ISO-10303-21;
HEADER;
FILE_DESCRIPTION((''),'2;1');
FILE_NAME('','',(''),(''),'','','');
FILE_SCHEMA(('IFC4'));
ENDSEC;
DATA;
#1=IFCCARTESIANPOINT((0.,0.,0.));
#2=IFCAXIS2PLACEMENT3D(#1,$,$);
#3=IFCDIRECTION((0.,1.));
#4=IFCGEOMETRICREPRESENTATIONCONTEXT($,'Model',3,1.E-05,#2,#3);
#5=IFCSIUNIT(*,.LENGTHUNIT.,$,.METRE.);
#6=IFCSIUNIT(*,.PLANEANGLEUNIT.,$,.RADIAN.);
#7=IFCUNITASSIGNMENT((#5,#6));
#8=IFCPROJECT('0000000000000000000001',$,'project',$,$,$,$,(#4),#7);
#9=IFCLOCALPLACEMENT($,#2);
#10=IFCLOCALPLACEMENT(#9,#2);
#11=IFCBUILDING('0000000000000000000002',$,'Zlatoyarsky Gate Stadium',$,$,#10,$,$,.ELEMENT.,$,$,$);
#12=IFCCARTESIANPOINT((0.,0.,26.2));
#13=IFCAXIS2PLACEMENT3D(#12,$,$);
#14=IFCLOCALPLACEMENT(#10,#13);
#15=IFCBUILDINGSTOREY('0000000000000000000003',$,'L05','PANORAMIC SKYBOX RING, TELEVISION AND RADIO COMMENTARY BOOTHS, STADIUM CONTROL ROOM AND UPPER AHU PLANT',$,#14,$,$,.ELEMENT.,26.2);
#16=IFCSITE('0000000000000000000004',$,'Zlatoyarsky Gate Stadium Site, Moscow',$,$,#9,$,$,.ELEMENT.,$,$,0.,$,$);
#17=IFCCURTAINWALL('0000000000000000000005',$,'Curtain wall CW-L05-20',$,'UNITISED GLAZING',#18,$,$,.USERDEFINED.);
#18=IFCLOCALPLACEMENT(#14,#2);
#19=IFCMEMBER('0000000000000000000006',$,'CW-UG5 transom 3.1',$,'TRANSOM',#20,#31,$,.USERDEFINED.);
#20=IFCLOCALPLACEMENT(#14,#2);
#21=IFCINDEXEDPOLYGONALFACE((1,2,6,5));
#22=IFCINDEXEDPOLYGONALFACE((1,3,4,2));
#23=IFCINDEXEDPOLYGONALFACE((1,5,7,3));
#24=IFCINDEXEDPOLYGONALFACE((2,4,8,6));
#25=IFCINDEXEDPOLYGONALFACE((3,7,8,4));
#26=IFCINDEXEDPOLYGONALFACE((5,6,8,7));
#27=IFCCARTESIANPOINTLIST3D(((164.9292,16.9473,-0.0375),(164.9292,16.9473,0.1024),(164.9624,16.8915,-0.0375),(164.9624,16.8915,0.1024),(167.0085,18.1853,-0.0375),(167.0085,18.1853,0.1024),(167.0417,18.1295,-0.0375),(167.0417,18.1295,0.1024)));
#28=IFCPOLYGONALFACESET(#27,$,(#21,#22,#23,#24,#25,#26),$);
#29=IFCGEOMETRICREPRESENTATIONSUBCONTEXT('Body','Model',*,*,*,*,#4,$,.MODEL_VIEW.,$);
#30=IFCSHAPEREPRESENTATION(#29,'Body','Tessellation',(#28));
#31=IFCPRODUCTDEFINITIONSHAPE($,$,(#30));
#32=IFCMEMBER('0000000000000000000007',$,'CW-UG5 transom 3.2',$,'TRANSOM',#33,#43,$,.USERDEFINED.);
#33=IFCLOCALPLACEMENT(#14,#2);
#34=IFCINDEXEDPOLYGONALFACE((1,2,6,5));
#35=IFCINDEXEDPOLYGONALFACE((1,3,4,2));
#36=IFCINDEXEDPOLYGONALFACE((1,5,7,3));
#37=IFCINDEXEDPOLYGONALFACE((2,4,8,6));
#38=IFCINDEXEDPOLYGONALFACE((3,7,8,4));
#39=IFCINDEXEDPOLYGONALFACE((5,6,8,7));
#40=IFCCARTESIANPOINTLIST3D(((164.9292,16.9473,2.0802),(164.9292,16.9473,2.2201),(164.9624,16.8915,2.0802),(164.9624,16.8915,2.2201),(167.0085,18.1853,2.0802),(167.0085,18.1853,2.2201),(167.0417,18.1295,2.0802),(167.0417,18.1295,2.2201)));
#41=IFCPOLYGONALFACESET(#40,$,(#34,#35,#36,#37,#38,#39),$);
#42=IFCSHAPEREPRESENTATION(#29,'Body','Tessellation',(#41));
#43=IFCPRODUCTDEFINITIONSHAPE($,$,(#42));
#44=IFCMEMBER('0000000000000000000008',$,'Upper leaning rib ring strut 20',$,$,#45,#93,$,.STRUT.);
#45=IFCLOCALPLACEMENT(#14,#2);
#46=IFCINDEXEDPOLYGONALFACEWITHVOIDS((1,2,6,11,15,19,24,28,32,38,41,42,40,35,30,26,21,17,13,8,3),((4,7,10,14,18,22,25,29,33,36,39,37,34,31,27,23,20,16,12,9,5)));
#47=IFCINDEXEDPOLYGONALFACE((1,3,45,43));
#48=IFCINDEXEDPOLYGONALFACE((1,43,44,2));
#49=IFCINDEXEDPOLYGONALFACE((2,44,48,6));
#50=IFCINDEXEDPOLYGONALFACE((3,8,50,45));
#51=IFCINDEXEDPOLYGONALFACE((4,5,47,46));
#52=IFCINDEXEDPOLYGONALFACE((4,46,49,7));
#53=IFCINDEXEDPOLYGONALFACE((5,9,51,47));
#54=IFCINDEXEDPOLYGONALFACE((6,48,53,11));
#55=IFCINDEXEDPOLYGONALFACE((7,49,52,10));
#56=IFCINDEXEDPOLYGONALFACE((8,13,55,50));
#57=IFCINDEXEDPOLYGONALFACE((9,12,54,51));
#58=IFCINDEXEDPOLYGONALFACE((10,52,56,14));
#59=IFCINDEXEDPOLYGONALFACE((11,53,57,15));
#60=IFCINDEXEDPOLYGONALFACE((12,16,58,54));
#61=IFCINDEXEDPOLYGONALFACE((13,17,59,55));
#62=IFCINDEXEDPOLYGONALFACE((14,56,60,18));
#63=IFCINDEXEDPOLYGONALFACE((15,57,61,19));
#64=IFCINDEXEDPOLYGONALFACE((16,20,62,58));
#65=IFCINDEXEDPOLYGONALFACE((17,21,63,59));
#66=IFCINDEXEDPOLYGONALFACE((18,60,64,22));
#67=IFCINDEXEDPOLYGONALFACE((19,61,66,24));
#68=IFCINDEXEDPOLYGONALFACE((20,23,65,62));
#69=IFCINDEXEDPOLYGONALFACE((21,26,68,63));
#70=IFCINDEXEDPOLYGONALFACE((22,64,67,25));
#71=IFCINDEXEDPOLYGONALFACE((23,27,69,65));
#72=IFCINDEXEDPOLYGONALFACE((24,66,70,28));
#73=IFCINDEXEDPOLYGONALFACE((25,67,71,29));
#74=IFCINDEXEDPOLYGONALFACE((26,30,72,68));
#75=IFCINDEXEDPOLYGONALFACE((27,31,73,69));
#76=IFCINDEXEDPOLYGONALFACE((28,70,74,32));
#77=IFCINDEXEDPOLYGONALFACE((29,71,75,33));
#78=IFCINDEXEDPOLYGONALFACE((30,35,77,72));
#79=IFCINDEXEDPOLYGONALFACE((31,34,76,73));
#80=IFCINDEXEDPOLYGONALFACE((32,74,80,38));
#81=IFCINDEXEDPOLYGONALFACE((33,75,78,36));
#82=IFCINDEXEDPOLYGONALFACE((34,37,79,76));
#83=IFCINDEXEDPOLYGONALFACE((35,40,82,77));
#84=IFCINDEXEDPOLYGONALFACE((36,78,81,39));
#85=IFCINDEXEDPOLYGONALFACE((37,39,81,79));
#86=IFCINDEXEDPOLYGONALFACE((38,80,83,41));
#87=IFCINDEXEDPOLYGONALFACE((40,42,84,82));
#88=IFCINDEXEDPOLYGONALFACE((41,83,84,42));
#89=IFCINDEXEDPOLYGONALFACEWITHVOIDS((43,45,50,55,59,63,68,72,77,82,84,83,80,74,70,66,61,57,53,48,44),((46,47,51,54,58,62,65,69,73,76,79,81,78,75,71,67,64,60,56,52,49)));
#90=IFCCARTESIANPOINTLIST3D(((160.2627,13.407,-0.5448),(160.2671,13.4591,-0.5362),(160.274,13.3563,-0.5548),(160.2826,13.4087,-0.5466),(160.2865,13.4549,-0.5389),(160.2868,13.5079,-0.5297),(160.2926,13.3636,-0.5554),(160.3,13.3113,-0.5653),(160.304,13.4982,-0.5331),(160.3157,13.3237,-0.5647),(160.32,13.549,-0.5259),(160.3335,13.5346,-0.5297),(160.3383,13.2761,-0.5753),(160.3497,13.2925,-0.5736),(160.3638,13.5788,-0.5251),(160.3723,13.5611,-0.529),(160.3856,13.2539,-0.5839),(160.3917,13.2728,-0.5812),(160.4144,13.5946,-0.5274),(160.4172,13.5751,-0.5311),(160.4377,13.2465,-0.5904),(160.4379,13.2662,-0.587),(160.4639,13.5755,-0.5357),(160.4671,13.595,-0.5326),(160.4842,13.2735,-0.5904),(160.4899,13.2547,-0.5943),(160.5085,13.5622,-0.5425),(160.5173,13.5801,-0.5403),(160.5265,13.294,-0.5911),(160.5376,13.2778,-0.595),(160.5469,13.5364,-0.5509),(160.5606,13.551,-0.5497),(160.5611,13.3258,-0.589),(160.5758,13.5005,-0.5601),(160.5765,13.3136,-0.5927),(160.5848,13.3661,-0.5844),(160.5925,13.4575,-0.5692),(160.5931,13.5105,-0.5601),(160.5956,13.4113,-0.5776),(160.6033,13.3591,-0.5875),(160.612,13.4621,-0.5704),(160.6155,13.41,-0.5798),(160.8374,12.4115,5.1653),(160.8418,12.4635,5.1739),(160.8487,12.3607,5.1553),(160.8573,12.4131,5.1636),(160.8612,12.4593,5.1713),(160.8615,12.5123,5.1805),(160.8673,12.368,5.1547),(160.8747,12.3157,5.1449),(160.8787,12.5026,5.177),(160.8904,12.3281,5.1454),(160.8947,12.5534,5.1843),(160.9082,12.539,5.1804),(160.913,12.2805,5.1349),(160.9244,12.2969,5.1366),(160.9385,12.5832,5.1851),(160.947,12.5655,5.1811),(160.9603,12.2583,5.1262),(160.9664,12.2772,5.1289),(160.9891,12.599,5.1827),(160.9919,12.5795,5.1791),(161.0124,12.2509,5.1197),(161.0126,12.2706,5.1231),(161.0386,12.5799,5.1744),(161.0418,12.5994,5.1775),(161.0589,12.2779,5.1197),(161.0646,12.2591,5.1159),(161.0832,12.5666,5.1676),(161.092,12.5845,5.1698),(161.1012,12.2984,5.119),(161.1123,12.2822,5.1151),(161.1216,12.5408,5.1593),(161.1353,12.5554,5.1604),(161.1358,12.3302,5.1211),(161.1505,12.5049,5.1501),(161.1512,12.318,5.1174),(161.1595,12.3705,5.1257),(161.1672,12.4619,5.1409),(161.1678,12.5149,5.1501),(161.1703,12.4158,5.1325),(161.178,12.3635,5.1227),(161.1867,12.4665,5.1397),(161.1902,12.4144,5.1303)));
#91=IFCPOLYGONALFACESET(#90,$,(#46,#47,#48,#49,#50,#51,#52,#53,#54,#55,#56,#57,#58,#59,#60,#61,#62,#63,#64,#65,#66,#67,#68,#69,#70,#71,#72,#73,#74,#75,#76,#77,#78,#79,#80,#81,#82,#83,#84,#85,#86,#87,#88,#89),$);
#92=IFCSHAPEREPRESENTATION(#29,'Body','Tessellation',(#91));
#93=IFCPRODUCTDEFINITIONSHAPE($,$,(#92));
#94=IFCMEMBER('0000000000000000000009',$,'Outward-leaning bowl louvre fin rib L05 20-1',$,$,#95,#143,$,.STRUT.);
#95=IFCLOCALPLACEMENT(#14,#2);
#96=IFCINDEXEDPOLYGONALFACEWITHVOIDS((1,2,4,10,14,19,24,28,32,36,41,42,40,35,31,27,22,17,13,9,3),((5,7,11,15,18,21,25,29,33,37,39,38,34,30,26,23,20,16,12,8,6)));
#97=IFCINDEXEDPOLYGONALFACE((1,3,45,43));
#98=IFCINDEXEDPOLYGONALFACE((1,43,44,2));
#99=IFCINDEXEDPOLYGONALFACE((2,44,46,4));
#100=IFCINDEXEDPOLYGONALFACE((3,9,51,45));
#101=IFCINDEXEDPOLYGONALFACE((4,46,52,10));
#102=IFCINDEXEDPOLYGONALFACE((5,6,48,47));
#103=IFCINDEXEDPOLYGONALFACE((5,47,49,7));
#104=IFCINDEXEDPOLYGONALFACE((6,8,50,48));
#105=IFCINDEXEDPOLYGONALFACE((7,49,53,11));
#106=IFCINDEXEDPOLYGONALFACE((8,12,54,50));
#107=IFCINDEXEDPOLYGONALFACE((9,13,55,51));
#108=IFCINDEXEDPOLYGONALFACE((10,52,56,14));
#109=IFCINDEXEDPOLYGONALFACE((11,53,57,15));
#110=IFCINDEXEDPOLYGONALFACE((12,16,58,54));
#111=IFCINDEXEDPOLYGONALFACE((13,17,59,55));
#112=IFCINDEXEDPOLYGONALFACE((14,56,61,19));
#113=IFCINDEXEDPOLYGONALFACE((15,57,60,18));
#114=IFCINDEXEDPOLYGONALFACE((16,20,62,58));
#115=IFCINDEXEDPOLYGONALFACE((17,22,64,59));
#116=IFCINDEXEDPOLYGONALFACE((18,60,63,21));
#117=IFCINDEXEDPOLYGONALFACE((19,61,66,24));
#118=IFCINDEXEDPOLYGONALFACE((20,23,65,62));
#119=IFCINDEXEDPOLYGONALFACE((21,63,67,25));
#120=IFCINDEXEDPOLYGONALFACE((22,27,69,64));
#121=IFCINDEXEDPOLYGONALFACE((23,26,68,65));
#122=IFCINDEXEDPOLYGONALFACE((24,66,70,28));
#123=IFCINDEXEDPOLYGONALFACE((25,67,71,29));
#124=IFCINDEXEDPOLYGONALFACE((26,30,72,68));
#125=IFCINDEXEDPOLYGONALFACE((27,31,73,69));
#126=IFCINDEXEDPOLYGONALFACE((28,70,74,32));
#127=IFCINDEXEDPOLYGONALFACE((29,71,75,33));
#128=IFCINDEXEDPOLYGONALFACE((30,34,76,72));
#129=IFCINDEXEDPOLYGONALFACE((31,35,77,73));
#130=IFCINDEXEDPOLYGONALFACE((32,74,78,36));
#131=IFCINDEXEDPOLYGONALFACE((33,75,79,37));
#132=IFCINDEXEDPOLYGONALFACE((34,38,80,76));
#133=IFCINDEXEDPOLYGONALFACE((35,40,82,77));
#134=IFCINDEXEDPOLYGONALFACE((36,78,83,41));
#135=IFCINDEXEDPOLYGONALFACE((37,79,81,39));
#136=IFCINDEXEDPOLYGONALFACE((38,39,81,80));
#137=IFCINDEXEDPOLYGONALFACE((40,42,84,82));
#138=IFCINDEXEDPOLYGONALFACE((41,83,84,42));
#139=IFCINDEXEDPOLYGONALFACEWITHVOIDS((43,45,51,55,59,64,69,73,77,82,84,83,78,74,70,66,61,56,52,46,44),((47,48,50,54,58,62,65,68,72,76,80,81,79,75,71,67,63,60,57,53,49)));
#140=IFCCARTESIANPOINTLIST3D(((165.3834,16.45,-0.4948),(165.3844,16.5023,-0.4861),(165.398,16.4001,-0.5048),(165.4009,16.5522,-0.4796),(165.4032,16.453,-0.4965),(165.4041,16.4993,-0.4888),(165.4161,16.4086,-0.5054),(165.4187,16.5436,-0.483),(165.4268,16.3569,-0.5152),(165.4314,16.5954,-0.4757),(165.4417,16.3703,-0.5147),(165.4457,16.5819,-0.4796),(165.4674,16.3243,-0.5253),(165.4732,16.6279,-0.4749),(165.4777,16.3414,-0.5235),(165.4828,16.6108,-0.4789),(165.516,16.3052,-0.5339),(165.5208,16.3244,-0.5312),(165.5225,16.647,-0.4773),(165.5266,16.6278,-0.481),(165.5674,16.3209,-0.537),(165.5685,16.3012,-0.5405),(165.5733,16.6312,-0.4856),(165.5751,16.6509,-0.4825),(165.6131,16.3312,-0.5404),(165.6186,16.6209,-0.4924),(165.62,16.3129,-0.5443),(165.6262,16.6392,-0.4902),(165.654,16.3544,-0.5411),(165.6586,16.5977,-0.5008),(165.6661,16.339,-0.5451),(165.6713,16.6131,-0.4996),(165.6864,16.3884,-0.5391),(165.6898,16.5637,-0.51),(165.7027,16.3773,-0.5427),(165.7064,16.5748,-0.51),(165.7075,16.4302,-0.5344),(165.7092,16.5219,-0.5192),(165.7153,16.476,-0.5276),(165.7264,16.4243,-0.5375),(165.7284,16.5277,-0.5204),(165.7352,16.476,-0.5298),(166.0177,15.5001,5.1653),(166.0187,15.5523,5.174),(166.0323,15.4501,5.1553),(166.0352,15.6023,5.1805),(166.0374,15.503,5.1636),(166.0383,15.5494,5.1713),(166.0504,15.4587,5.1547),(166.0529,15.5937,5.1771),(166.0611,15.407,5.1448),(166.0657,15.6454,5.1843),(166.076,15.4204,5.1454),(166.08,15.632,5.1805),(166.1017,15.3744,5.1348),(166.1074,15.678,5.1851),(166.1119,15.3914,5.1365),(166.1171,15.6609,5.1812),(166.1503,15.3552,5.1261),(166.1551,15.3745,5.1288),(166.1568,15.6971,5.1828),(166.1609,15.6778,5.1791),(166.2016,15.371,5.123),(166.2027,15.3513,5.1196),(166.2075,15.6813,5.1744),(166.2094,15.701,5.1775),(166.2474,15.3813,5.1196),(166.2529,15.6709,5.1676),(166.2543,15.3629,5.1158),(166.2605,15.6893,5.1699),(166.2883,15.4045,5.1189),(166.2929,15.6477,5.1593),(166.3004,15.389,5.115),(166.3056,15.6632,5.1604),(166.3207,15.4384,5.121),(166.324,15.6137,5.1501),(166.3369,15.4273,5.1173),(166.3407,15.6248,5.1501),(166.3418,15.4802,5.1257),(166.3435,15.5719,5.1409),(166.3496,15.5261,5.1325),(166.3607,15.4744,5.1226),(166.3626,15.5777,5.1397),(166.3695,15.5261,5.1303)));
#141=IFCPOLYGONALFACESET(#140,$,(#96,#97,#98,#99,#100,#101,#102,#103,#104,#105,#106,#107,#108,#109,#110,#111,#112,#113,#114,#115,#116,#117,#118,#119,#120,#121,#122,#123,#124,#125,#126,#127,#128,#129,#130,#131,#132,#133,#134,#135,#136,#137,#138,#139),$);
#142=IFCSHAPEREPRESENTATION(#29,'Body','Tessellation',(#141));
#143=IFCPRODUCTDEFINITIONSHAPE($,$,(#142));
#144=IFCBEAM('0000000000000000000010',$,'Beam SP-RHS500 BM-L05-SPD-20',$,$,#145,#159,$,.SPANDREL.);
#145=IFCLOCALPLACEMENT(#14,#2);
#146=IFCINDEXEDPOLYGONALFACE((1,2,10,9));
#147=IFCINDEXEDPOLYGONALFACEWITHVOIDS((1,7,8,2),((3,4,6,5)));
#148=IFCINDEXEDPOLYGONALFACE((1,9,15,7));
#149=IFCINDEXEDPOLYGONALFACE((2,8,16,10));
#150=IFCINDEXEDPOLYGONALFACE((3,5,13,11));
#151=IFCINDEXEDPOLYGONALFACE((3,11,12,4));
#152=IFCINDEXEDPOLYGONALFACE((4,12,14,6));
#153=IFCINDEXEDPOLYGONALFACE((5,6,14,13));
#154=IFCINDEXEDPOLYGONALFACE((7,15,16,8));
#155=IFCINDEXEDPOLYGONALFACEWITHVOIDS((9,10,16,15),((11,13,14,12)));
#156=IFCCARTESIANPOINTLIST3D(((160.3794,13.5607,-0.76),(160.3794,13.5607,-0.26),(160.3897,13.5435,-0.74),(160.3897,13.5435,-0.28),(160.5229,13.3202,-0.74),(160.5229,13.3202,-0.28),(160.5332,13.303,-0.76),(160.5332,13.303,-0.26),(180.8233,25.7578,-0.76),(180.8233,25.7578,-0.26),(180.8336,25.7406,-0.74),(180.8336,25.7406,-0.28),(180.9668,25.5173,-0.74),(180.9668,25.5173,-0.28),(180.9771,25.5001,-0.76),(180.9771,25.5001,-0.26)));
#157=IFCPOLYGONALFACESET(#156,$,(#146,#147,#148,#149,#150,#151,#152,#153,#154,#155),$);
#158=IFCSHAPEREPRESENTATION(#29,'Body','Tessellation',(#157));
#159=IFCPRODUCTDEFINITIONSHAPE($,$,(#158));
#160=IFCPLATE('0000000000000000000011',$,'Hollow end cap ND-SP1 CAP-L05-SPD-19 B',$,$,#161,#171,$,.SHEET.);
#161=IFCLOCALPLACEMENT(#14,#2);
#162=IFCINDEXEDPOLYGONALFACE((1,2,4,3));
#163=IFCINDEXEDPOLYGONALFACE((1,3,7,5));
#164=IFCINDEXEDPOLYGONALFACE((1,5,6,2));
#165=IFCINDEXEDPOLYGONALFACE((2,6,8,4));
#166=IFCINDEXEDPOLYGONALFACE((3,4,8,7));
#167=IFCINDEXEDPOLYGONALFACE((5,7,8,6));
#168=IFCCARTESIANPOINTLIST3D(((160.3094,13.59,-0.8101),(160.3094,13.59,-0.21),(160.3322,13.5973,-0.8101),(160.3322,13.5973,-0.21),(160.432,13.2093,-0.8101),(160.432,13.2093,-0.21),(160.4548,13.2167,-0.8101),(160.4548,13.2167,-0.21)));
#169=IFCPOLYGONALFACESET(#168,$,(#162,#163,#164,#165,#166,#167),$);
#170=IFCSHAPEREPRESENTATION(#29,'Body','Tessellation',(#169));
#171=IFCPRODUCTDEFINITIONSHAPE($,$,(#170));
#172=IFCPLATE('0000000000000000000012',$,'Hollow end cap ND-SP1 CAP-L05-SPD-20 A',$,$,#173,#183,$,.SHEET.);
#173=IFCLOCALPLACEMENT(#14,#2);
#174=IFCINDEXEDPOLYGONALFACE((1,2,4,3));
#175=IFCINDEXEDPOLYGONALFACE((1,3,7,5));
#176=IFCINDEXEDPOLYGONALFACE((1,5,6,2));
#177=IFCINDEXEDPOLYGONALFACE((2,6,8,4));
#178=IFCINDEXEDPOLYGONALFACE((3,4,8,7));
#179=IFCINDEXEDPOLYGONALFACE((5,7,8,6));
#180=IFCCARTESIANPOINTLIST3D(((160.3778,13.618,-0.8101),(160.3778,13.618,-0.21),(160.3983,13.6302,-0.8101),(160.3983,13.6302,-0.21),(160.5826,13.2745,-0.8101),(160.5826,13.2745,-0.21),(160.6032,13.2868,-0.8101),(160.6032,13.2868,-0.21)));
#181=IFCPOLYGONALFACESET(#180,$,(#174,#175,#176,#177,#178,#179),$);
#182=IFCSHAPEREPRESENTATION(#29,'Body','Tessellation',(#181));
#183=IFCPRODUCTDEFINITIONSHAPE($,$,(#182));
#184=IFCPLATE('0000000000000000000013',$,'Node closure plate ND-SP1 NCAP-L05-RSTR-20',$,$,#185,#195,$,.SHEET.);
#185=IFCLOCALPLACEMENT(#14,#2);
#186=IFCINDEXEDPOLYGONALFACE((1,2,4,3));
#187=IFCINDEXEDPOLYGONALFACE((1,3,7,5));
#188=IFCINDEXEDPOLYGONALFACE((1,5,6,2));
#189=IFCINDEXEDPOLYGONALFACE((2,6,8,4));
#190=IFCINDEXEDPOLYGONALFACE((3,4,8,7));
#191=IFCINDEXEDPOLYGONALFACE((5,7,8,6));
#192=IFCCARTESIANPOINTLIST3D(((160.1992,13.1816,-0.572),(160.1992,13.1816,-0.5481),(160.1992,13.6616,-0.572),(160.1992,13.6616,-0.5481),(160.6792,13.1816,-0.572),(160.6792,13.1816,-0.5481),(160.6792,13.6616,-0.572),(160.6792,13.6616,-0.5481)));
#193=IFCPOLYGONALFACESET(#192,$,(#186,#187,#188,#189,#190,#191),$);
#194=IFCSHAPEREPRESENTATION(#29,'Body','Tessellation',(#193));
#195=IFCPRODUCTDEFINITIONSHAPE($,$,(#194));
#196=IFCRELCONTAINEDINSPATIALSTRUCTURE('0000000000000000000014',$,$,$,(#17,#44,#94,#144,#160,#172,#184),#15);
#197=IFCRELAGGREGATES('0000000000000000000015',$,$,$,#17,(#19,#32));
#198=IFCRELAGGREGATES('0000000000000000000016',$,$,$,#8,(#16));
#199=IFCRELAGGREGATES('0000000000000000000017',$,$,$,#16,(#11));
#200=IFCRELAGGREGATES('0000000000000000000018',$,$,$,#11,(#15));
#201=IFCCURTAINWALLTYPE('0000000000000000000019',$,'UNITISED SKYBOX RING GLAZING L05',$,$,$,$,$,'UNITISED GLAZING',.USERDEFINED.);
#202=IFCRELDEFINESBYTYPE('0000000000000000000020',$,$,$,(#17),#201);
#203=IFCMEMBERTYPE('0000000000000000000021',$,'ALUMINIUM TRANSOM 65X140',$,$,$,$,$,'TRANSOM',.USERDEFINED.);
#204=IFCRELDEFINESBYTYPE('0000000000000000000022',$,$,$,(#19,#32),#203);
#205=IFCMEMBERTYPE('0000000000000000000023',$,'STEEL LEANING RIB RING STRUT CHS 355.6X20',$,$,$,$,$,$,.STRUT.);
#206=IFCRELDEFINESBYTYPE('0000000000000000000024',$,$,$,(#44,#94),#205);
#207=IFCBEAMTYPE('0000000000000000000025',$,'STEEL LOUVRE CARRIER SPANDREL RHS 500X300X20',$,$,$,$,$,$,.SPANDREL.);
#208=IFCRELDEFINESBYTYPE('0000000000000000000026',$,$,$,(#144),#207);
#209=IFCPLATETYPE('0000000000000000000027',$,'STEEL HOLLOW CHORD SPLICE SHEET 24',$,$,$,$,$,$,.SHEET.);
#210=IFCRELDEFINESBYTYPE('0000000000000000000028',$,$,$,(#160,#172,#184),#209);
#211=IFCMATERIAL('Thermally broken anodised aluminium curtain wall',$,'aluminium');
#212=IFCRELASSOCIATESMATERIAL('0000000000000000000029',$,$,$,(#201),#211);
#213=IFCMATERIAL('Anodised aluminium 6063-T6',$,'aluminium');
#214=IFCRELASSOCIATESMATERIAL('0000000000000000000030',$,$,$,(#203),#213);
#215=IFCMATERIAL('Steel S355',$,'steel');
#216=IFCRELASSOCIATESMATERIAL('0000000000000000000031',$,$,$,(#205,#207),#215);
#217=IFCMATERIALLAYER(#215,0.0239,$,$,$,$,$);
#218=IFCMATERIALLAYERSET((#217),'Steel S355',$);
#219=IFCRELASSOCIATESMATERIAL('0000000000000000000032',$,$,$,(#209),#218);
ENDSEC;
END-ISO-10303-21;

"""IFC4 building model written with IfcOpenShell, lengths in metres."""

from ifc_helpers import new_model, si_unit, direction, frame, origin, origin_2d, place, context, subcontext, project, spatial, rectangle, hollow_rectangle, hollow_circle, extrude, material, layer, layer_set, material_profile, profile_set, type_object, element, aggregate, save


model = new_model("IFC4")

# Units and contexts
model_context = context("Model", 3, precision=1e-05, world=origin(), true_north=direction((0.0, 1.0)))
body_context = subcontext(model_context, "Body", "Model", "MODEL_VIEW")
ifc_project = project(units=[si_unit("LENGTHUNIT", "METRE"), si_unit("PLANEANGLEUNIT", "RADIAN")], contexts=[model_context])

# Site, building, storey
site_placement = place(None, origin())
site = spatial("IfcSite", under=ifc_project, at=site_placement, Name="Zlatoyarsky Gate Stadium Site, Moscow", CompositionType="ELEMENT", RefElevation=0.0)
building_placement = place(site_placement, origin())
building = spatial("IfcBuilding", under=site, at=building_placement, Name="Zlatoyarsky Gate Stadium", CompositionType="ELEMENT")
storey_placement = place(building_placement, frame((0.0, 0.0, 26.2)))
storey = spatial("IfcBuildingStorey", under=building, at=storey_placement, Name="L05", Description="PANORAMIC SKYBOX RING, TELEVISION AND RADIO COMMENTARY BOOTHS, STADIUM CONTROL ROOM AND UPPER AHU PLANT", CompositionType="ELEMENT", Elevation=26.2)

# Curtain wall
ifc_material_1 = material(Name="Thermally broken anodised aluminium curtain wall", Category="aluminium")
curtain_wall_type = type_object("IfcCurtainWallType", Name="UNITISED SKYBOX RING GLAZING L05", ElementType="UNITISED GLAZING", PredefinedType="USERDEFINED", material=ifc_material_1)
ifc_material_2 = material(Name="Anodised aluminium 6063-T6", Category="aluminium")
curtain_wall_1_placement = place(storey_placement, origin())
curtain_wall_1 = element("IfcCurtainWall", 1, at=curtain_wall_1_placement, inside=storey, type_object=curtain_wall_type, Name="Curtain wall CW-L05-20", ObjectType="UNITISED GLAZING", PredefinedType="USERDEFINED")

# Members
ifc_material_profile_1 = material_profile(ifc_material_2, rectangle(XDim=0.0649, YDim=0.1399, at=origin_2d()), Name="ALU 65X140")
ifc_profile_set_1 = profile_set([ifc_material_profile_1], Name="Anodised aluminium 6063-T6")
member_type_1 = type_object("IfcMemberType", Name="ALUMINIUM TRANSOM 65X140", ElementType="TRANSOM", PredefinedType="USERDEFINED", material=ifc_profile_set_1)
member_1_placement = place(storey_placement, frame((164.9458, 16.9194, 0.0325), z_axis=(0.859233, 0.511585, 0.0), x_axis=(-0.511585, 0.859233, 0.0)))
member_1 = element("IfcMember", 2, at=member_1_placement, type_object=member_type_1, Name="CW-UG5 transom 3.1", ObjectType="TRANSOM", PredefinedType="USERDEFINED", context=body_context, shape_type="SweptSolid", body=[
    extrude(rectangle(XDim=0.0649, YDim=0.1399, at=origin_2d()), origin(), (0.0, 0.0, 1.0), 2.4199),
])
member_2_placement = place(storey_placement, frame((164.9458, 16.9194, 2.1501), z_axis=(0.859233, 0.511585, 0.0), x_axis=(-0.511585, 0.859233, 0.0)))
member_2 = element("IfcMember", 3, at=member_2_placement, type_object=member_type_1, Name="CW-UG5 transom 3.2", ObjectType="TRANSOM", PredefinedType="USERDEFINED", context=body_context, shape_type="SweptSolid", body=[
    extrude(rectangle(XDim=0.0649, YDim=0.1399, at=origin_2d()), origin(), (0.0, 0.0, 1.0), 2.4199),
])

# Members
ifc_material_3 = material(Name="Steel S355", Category="steel")
ifc_material_profile_2 = material_profile(ifc_material_3, hollow_circle(Radius=0.1777, WallThickness=0.02, at=origin_2d()), Name="CHS 355.6X20")
ifc_profile_set_2 = profile_set([ifc_material_profile_2], Name="Steel S355")
member_type_2 = type_object("IfcMemberType", Name="STEEL LEANING RIB RING STRUT CHS 355.6X20", PredefinedType="STRUT", material=ifc_profile_set_2)
member_3_placement = place(storey_placement, frame((160.4392, 13.4216, -0.5601), z_axis=(0.098666, -0.170926, 0.980331), x_axis=(0.866065, 0.499931, 0.0)))
element("IfcMember", 4, at=member_3_placement, inside=storey, type_object=member_type_2, Name="Upper leaning rib ring strut 20", PredefinedType="STRUT", context=body_context, shape_type="SweptSolid", body=[
    extrude(hollow_circle(Radius=0.1777, WallThickness=0.02, at=origin_2d()), origin(), (0.0, 0.0, 1.0), 5.8247),
])
member_4_placement = place(storey_placement, frame((165.5586, 16.4761, -0.51), z_axis=(0.109846, -0.164515, 0.980239), x_axis=(0.831655, 0.555292, 0.0)))
element("IfcMember", 5, at=member_4_placement, inside=storey, type_object=member_type_2, Name="Outward-leaning bowl louvre fin rib L05 20-1", PredefinedType="STRUT", context=body_context, shape_type="SweptSolid", body=[
    extrude(hollow_circle(Radius=0.1777, WallThickness=0.02, at=origin_2d()), origin(), (0.0, 0.0, 1.0), 5.7742),
])

# Beam
ifc_material_profile_3 = material_profile(ifc_material_3, hollow_rectangle(XDim=0.3, YDim=0.5, WallThickness=0.02, at=origin_2d()), Name="RHS 500X300X20")
ifc_profile_set_3 = profile_set([ifc_material_profile_3], Name="Steel S355")
beam_type = type_object("IfcBeamType", Name="STEEL LOUVRE CARRIER SPANDREL RHS 500X300X20", PredefinedType="SPANDREL", material=ifc_profile_set_3)
beam_placement = place(storey_placement, frame((160.4563, 13.4319, -0.51), z_axis=(0.858774, 0.512354, 0.0), x_axis=(-0.512354, 0.858774, 0.0)))
element("IfcBeam", 6, at=beam_placement, inside=storey, type_object=beam_type, Name="Beam SP-RHS500 BM-L05-SPD-20", PredefinedType="SPANDREL", context=body_context, shape_type="SweptSolid", body=[
    extrude(hollow_rectangle(XDim=0.3, YDim=0.5, WallThickness=0.02, at=origin_2d()), origin(), (0.0, 0.0, 1.0), 23.8059),
])

# Plates
ifc_layer_1 = layer(ifc_material_3, 0.0239)
ifc_layer_set_1 = layer_set([ifc_layer_1], Name="Steel S355")
plate_type_1 = type_object("IfcPlateType", Name="STEEL HOLLOW CHORD SPLICE SHEET 24", PredefinedType="SHEET", material=ifc_layer_set_1)
for number, where, z_axis, x_axis, name in (
    (7, (160.3821, 13.4033, -0.8101), (0.0, 0.0, 1.0), (0.951856, 0.306545, 0.0), "Hollow end cap ND-SP1 CAP-L05-SPD-19 B"),
    (8, (160.4905, 13.4524, -0.8101), (0.0, 0.0, 1.0), (0.858778, 0.512349, 0.0), "Hollow end cap ND-SP1 CAP-L05-SPD-20 A"),
):
    element("IfcPlate", number, at=place(storey_placement, frame(where, z_axis=z_axis, x_axis=x_axis)), inside=storey, type_object=plate_type_1, Name=name, PredefinedType="SHEET", context=body_context, shape_type="SweptSolid", body=[
        extrude(rectangle(XDim=0.0239, YDim=0.3999, at=origin_2d()), origin(), (0.0, 0.0, 1.0), 0.6001),
    ])
plate_1_placement = place(storey_placement, frame((160.4392, 13.4216, -0.572), z_axis=(0.0, 0.0, 1.0), x_axis=(1.0, 0.0, 0.0)))
element("IfcPlate", 9, at=plate_1_placement, inside=storey, type_object=plate_type_1, Name="Node closure plate ND-SP1 NCAP-L05-RSTR-20", PredefinedType="SHEET", context=body_context, shape_type="SweptSolid", body=[
    extrude(rectangle(XDim=0.48, YDim=0.48, at=origin_2d()), origin(), (0.0, 0.0, 1.0), 0.0239),
])

aggregate(curtain_wall_1, [member_1, member_2])

save(model, "model.ifc")
